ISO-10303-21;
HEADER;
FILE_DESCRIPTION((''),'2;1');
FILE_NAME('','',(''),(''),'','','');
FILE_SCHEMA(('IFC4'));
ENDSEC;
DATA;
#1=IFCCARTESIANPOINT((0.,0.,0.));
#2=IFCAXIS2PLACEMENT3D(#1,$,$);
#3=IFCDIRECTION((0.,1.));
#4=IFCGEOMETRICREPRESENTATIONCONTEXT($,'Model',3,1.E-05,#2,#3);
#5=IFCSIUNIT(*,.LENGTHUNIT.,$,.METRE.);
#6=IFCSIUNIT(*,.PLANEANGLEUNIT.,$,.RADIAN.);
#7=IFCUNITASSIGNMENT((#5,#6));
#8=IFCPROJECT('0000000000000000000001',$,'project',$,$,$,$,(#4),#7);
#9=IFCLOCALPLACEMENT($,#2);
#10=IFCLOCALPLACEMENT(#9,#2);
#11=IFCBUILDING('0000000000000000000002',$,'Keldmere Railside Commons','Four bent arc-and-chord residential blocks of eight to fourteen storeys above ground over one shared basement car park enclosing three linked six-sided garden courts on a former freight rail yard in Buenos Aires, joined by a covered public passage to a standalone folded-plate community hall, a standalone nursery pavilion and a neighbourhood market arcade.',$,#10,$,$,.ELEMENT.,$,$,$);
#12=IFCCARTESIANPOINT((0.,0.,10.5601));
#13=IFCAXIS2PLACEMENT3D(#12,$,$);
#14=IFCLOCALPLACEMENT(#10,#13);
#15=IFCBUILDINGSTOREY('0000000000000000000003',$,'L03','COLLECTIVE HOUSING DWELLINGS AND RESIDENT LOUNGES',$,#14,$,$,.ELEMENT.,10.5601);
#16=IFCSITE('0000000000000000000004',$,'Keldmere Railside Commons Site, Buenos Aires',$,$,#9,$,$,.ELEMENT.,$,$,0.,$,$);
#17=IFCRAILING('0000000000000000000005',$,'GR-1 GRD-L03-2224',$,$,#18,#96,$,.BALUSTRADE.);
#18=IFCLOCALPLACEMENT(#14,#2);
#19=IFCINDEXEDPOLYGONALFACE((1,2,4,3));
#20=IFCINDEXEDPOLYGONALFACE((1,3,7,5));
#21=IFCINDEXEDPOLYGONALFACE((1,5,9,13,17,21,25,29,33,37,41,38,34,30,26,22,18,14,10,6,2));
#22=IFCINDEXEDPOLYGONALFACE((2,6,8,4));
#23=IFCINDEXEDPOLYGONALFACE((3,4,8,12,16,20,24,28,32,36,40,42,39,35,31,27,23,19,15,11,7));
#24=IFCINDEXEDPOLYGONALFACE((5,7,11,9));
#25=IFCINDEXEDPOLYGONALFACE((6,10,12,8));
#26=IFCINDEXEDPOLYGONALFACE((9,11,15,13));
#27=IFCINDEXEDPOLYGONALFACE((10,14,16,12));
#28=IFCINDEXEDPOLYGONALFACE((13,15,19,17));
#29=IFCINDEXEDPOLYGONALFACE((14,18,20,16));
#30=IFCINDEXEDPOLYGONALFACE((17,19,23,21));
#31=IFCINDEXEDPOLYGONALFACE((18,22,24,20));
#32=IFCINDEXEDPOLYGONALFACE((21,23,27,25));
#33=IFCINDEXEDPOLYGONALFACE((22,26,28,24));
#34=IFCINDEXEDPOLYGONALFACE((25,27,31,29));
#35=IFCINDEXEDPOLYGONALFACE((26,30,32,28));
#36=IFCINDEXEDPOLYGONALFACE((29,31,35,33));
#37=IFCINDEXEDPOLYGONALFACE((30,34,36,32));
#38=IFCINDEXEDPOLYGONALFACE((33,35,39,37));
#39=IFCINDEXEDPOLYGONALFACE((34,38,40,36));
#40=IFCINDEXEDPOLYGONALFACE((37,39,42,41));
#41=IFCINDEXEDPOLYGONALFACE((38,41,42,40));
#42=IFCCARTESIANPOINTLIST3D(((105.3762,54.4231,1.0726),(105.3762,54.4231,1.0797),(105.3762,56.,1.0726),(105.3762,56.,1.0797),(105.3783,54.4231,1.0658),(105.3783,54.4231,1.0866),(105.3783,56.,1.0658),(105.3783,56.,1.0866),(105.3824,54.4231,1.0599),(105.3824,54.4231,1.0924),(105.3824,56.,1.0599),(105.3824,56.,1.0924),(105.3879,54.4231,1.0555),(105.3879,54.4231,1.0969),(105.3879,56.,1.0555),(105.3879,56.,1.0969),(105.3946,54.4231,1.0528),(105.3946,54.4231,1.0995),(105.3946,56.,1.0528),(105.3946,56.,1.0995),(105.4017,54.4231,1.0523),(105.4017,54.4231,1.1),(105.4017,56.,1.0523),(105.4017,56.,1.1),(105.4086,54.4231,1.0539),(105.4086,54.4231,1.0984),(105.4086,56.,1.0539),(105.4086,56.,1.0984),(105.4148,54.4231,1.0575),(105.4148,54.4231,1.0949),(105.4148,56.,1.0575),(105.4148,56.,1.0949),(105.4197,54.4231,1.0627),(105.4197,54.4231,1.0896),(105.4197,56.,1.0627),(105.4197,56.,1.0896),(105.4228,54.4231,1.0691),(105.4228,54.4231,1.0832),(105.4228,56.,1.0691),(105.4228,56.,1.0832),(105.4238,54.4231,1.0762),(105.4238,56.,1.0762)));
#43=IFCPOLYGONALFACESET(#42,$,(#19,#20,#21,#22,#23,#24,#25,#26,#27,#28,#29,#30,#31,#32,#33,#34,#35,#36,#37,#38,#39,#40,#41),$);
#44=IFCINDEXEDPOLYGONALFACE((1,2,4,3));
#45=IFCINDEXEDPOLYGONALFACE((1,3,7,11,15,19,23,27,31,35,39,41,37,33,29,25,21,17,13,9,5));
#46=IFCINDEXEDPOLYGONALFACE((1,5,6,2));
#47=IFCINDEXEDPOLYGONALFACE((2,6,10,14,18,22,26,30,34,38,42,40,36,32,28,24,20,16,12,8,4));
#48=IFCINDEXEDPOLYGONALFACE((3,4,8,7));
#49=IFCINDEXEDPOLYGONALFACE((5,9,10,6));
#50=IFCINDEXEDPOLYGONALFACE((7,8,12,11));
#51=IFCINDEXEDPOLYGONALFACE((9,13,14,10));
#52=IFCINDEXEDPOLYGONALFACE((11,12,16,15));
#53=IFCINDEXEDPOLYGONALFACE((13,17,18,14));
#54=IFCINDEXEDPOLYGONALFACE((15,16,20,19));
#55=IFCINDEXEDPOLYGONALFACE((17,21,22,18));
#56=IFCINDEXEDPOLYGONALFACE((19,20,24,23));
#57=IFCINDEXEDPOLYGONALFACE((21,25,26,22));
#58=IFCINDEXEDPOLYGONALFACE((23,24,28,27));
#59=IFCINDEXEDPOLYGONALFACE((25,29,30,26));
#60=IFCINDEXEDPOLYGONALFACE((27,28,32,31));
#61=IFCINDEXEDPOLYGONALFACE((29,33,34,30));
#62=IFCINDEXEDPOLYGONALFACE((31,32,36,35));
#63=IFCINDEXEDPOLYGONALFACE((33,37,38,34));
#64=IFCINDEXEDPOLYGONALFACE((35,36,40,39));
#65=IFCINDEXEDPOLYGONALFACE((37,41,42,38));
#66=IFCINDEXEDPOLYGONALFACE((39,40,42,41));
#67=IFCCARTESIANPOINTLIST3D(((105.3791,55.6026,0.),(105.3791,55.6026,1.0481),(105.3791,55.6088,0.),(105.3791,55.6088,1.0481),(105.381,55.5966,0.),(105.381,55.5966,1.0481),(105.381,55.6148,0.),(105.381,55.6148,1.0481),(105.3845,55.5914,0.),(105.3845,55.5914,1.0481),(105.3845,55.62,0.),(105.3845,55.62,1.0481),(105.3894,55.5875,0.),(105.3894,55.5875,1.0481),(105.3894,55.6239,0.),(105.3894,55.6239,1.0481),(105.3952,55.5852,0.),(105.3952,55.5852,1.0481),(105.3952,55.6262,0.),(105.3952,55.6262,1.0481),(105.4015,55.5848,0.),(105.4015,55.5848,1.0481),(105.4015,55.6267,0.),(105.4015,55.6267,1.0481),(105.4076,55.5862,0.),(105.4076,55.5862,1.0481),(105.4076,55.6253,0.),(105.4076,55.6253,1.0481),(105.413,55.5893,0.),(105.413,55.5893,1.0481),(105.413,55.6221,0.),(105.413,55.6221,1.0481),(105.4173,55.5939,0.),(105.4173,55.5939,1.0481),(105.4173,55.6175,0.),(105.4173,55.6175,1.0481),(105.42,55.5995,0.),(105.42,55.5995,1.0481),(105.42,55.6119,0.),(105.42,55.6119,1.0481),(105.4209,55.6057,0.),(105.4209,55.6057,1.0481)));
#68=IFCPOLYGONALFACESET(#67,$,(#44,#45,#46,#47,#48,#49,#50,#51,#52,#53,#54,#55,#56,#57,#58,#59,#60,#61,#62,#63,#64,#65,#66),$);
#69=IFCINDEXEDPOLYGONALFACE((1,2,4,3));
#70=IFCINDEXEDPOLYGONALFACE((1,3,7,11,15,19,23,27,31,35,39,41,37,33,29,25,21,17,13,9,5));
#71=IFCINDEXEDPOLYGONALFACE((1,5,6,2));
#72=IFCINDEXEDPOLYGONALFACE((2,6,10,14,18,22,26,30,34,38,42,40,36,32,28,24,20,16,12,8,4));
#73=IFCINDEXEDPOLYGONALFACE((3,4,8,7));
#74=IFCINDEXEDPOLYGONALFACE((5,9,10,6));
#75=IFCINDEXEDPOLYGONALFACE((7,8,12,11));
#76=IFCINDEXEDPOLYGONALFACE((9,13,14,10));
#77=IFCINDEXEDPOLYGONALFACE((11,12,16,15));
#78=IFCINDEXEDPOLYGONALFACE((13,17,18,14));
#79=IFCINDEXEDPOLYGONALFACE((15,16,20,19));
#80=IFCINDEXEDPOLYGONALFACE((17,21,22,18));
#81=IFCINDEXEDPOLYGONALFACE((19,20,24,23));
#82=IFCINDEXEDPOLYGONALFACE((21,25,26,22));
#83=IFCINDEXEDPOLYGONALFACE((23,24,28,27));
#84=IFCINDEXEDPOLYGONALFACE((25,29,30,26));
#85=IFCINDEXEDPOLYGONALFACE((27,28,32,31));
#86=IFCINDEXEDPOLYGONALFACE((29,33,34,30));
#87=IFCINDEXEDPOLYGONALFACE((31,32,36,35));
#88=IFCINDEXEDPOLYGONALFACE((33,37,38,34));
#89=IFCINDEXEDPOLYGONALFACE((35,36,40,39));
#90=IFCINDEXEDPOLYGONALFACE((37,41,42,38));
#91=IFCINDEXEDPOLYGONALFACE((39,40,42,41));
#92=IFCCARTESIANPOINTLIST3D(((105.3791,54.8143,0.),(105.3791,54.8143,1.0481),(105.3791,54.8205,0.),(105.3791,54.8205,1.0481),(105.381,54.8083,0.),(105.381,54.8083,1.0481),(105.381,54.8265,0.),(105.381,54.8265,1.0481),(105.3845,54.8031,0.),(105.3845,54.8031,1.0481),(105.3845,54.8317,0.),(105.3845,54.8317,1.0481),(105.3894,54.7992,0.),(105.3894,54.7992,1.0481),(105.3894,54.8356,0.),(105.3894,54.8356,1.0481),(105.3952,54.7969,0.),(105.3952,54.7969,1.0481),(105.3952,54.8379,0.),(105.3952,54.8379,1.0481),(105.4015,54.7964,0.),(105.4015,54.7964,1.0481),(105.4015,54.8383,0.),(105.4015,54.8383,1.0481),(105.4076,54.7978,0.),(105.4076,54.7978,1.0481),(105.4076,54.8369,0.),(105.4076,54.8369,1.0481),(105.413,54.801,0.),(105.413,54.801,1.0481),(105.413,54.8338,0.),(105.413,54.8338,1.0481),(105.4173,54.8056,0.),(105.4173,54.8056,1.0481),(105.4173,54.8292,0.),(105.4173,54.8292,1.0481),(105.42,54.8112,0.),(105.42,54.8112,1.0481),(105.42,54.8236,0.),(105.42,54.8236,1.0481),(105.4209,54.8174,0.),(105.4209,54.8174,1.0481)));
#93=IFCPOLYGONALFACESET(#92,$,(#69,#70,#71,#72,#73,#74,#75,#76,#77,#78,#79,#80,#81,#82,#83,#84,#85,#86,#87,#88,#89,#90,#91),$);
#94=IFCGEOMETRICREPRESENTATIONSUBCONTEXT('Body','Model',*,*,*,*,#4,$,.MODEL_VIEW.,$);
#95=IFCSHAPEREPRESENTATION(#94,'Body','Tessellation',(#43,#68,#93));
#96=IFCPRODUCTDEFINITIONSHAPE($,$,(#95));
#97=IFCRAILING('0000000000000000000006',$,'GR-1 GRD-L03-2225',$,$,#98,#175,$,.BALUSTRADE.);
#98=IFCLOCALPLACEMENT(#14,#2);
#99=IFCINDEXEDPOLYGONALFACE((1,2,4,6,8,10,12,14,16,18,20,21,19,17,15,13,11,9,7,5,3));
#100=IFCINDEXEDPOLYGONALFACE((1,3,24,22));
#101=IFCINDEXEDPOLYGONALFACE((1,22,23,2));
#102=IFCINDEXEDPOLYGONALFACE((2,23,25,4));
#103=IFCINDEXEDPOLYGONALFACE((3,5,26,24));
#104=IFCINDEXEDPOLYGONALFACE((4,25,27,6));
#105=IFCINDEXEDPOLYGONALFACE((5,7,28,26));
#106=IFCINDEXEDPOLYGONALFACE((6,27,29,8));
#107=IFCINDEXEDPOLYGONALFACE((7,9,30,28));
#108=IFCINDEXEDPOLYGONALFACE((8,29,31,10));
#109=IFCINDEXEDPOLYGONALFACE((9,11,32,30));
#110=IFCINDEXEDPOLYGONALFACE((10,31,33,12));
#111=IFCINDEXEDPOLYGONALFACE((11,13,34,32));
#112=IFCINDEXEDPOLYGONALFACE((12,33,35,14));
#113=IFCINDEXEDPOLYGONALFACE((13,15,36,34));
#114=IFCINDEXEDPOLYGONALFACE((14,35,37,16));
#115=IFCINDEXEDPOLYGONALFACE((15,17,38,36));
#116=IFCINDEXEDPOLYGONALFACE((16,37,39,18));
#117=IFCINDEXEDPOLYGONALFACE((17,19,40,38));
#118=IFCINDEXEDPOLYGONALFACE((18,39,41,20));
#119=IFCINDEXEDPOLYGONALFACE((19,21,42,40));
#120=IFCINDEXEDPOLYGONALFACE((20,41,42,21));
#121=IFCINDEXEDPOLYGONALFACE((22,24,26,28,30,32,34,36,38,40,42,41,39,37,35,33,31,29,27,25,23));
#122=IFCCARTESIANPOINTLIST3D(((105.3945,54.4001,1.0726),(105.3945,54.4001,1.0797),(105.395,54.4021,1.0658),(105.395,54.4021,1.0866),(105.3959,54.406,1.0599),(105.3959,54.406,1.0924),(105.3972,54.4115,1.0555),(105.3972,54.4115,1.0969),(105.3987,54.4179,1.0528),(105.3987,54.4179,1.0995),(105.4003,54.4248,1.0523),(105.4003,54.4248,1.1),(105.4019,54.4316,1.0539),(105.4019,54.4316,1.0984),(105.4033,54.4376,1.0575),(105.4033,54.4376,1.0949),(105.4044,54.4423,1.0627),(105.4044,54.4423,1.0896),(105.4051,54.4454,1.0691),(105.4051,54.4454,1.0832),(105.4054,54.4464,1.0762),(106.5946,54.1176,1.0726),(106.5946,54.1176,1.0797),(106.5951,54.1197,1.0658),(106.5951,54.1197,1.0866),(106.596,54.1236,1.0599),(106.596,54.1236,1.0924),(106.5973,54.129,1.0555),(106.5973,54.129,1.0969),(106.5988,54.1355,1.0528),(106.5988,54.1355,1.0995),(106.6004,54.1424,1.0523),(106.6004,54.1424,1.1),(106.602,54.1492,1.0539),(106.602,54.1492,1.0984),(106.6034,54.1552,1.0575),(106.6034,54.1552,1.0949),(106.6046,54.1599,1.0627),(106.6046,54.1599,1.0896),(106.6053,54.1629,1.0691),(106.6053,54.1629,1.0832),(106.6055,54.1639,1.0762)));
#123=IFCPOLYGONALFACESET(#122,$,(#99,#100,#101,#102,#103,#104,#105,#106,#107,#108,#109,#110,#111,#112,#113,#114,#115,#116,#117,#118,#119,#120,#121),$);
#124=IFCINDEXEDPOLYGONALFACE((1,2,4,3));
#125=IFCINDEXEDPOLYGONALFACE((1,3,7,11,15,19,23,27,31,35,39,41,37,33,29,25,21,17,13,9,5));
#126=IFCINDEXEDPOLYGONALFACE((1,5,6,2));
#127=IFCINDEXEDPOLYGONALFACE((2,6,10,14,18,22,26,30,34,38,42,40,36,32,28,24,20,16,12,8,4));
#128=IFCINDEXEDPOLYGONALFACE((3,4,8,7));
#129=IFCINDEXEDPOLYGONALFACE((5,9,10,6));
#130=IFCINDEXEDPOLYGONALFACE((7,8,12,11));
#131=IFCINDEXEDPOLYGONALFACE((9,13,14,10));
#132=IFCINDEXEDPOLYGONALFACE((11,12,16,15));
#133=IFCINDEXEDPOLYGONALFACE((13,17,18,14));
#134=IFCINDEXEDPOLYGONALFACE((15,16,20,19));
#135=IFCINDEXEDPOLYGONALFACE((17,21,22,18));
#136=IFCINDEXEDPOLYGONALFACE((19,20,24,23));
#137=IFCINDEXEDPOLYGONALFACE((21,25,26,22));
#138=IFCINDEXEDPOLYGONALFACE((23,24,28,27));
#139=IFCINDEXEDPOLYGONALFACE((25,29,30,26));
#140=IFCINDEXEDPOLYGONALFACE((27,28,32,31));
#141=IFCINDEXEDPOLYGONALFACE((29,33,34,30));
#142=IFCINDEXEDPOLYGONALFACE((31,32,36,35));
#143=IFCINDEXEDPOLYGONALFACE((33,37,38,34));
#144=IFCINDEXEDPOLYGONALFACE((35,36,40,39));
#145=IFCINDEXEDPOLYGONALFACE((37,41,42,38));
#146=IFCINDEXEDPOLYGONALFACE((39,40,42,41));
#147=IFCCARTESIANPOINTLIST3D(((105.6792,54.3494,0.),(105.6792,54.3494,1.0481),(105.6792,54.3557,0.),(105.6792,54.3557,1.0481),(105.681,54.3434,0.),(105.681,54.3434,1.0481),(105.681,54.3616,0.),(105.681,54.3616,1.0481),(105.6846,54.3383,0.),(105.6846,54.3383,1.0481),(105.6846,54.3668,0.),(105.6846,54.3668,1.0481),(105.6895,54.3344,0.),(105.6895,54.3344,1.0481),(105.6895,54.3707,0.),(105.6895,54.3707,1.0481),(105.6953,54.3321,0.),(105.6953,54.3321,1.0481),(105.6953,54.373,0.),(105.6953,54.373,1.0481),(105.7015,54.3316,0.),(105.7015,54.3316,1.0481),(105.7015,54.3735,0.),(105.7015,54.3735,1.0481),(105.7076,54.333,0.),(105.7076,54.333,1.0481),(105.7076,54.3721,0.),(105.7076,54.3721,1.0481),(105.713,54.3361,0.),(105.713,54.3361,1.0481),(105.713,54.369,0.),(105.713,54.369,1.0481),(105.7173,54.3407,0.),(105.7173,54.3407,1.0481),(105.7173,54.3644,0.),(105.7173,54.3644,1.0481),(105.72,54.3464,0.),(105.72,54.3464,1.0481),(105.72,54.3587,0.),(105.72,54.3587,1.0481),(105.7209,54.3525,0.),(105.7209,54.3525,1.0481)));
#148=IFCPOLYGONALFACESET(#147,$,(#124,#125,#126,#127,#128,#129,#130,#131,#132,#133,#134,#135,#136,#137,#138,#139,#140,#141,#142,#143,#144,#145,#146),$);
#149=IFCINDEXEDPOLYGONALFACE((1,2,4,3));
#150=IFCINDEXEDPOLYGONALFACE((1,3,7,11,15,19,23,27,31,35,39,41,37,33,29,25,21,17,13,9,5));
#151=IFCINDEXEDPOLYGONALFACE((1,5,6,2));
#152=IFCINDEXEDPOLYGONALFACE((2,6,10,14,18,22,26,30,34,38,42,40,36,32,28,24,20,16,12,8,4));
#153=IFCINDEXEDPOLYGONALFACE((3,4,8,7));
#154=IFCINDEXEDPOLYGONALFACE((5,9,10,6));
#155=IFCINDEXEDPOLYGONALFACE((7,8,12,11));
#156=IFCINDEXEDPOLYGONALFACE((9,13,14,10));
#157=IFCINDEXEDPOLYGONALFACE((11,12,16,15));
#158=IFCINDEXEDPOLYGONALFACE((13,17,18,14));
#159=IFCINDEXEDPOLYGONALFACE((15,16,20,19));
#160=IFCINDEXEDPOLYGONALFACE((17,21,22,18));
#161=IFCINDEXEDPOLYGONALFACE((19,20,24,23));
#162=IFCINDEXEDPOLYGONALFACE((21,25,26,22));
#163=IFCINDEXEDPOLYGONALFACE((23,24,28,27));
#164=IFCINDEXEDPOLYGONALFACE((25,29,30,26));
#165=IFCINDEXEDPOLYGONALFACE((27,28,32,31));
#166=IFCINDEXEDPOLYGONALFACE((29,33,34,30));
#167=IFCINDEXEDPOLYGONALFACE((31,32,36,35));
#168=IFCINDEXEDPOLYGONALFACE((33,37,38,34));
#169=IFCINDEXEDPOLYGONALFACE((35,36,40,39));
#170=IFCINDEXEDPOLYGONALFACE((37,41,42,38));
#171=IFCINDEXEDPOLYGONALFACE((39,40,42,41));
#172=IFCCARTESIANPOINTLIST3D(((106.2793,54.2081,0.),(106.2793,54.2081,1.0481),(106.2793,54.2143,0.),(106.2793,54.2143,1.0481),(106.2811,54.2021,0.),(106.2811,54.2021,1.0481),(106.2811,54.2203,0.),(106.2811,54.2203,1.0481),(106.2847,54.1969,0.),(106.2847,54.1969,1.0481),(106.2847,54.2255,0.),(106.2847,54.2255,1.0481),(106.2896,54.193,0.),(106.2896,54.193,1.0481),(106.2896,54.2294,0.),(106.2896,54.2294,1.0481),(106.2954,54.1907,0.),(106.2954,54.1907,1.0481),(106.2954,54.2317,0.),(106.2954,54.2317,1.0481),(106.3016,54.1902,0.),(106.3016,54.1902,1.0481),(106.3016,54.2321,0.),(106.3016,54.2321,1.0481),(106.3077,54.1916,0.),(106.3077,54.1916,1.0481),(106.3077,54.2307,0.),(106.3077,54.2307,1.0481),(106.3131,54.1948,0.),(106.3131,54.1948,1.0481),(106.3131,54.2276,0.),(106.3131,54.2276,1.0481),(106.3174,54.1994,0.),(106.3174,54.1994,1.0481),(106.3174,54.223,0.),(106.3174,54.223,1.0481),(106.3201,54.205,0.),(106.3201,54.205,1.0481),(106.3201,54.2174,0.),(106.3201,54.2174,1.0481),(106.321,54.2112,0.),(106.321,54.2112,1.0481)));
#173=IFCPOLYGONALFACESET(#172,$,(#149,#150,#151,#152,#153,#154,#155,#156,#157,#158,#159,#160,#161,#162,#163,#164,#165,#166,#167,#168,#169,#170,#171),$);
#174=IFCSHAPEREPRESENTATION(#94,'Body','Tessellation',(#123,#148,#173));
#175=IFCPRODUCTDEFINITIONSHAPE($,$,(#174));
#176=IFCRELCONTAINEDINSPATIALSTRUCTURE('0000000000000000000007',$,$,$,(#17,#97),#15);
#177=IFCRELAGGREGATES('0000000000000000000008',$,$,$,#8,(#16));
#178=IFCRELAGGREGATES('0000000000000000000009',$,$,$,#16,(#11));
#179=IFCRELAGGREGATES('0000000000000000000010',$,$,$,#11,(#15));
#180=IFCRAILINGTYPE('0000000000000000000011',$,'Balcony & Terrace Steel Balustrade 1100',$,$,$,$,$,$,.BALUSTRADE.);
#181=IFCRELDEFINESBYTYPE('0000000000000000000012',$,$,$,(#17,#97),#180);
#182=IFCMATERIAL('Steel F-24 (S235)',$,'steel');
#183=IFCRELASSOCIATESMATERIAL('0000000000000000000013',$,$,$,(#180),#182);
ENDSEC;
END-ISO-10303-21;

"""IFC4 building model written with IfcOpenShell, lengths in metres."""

from ifc_helpers import new_model, si_unit, direction, frame, origin, origin_2d, place, context, subcontext, project, spatial, circle, extrude, material, type_object, element, save


model = new_model("IFC4")

# Units and contexts
model_context = context("Model", 3, precision=1e-05, world=origin(), true_north=direction((0.0, 1.0)))
body_context = subcontext(model_context, "Body", "Model", "MODEL_VIEW")
ifc_project = project(units=[si_unit("LENGTHUNIT", "METRE"), si_unit("PLANEANGLEUNIT", "RADIAN")], contexts=[model_context])

# Site, building, storey
site_placement = place(None, origin())
site = spatial("IfcSite", under=ifc_project, at=site_placement, Name="Keldmere Railside Commons Site, Buenos Aires", CompositionType="ELEMENT", RefElevation=0.0)
building_placement = place(site_placement, origin())
building = spatial("IfcBuilding", under=site, at=building_placement, Name="Keldmere Railside Commons", Description="Four bent arc-and-chord residential blocks of eight to fourteen storeys above ground over one shared basement car park enclosing three linked six-sided garden courts on a former freight rail yard in Buenos Aires, joined by a covered public passage to a standalone folded-plate community hall, a standalone nursery pavilion and a neighbourhood market arcade.", CompositionType="ELEMENT")
storey_placement = place(building_placement, frame((0.0, 0.0, 10.5601)))
storey = spatial("IfcBuildingStorey", under=building, at=storey_placement, Name="L03", Description="COLLECTIVE HOUSING DWELLINGS AND RESIDENT LOUNGES", CompositionType="ELEMENT", Elevation=10.5601)

# Shared definitions
ifc_material_1 = material(Name="Steel F-24 (S235)", Category="steel")

# Railings
railing_type = type_object("IfcRailingType", Name="Balcony & Terrace Steel Balustrade 1100", PredefinedType="BALUSTRADE", material=ifc_material_1)
railing_1_placement = place(storey_placement, frame((105.3999, 56.0, 0.0)))
element("IfcRailing", 1, at=railing_1_placement, inside=storey, type_object=railing_type, Name="GR-1 GRD-L03-2224", PredefinedType="BALUSTRADE", context=body_context, shape_type="SweptSolid", body=[
    extrude(circle(Radius=0.0239, at=origin_2d()), frame((0.0, 0.0, 1.0762), z_axis=(0.0, -1.0, 0.0), x_axis=(1.0, 0.0, 0.0)), (0.0, 0.0, 1.0), 1.5769),
    extrude(circle(Radius=0.021, at=origin_2d()), frame((0.0, -0.3943, 0.0)), (0.0, 0.0, 1.0), 1.0481),
    extrude(circle(Radius=0.021, at=origin_2d()), frame((0.0, -1.1826, 0.0)), (0.0, 0.0, 1.0), 1.0481),
])
railing_2_placement = place(storey_placement, frame((105.3999, 54.4231, 0.0)))
element("IfcRailing", 2, at=railing_2_placement, inside=storey, type_object=railing_type, Name="GR-1 GRD-L03-2225", PredefinedType="BALUSTRADE", context=body_context, shape_type="SweptSolid", body=[
    extrude(circle(Radius=0.0239, at=origin_2d()), frame((0.0, 0.0, 1.0762), z_axis=(0.973404, -0.229095, 0.0), x_axis=(0.229095, 0.973404, 0.0)), (0.0, 0.0, 1.0), 1.2329),
    extrude(circle(Radius=0.021, at=origin_2d()), frame((0.3, -0.0706, 0.0)), (0.0, 0.0, 1.0), 1.0481),
    extrude(circle(Radius=0.021, at=origin_2d()), frame((0.9001, -0.2119, 0.0)), (0.0, 0.0, 1.0), 1.0481),
])

save(model, "model.ifc")
